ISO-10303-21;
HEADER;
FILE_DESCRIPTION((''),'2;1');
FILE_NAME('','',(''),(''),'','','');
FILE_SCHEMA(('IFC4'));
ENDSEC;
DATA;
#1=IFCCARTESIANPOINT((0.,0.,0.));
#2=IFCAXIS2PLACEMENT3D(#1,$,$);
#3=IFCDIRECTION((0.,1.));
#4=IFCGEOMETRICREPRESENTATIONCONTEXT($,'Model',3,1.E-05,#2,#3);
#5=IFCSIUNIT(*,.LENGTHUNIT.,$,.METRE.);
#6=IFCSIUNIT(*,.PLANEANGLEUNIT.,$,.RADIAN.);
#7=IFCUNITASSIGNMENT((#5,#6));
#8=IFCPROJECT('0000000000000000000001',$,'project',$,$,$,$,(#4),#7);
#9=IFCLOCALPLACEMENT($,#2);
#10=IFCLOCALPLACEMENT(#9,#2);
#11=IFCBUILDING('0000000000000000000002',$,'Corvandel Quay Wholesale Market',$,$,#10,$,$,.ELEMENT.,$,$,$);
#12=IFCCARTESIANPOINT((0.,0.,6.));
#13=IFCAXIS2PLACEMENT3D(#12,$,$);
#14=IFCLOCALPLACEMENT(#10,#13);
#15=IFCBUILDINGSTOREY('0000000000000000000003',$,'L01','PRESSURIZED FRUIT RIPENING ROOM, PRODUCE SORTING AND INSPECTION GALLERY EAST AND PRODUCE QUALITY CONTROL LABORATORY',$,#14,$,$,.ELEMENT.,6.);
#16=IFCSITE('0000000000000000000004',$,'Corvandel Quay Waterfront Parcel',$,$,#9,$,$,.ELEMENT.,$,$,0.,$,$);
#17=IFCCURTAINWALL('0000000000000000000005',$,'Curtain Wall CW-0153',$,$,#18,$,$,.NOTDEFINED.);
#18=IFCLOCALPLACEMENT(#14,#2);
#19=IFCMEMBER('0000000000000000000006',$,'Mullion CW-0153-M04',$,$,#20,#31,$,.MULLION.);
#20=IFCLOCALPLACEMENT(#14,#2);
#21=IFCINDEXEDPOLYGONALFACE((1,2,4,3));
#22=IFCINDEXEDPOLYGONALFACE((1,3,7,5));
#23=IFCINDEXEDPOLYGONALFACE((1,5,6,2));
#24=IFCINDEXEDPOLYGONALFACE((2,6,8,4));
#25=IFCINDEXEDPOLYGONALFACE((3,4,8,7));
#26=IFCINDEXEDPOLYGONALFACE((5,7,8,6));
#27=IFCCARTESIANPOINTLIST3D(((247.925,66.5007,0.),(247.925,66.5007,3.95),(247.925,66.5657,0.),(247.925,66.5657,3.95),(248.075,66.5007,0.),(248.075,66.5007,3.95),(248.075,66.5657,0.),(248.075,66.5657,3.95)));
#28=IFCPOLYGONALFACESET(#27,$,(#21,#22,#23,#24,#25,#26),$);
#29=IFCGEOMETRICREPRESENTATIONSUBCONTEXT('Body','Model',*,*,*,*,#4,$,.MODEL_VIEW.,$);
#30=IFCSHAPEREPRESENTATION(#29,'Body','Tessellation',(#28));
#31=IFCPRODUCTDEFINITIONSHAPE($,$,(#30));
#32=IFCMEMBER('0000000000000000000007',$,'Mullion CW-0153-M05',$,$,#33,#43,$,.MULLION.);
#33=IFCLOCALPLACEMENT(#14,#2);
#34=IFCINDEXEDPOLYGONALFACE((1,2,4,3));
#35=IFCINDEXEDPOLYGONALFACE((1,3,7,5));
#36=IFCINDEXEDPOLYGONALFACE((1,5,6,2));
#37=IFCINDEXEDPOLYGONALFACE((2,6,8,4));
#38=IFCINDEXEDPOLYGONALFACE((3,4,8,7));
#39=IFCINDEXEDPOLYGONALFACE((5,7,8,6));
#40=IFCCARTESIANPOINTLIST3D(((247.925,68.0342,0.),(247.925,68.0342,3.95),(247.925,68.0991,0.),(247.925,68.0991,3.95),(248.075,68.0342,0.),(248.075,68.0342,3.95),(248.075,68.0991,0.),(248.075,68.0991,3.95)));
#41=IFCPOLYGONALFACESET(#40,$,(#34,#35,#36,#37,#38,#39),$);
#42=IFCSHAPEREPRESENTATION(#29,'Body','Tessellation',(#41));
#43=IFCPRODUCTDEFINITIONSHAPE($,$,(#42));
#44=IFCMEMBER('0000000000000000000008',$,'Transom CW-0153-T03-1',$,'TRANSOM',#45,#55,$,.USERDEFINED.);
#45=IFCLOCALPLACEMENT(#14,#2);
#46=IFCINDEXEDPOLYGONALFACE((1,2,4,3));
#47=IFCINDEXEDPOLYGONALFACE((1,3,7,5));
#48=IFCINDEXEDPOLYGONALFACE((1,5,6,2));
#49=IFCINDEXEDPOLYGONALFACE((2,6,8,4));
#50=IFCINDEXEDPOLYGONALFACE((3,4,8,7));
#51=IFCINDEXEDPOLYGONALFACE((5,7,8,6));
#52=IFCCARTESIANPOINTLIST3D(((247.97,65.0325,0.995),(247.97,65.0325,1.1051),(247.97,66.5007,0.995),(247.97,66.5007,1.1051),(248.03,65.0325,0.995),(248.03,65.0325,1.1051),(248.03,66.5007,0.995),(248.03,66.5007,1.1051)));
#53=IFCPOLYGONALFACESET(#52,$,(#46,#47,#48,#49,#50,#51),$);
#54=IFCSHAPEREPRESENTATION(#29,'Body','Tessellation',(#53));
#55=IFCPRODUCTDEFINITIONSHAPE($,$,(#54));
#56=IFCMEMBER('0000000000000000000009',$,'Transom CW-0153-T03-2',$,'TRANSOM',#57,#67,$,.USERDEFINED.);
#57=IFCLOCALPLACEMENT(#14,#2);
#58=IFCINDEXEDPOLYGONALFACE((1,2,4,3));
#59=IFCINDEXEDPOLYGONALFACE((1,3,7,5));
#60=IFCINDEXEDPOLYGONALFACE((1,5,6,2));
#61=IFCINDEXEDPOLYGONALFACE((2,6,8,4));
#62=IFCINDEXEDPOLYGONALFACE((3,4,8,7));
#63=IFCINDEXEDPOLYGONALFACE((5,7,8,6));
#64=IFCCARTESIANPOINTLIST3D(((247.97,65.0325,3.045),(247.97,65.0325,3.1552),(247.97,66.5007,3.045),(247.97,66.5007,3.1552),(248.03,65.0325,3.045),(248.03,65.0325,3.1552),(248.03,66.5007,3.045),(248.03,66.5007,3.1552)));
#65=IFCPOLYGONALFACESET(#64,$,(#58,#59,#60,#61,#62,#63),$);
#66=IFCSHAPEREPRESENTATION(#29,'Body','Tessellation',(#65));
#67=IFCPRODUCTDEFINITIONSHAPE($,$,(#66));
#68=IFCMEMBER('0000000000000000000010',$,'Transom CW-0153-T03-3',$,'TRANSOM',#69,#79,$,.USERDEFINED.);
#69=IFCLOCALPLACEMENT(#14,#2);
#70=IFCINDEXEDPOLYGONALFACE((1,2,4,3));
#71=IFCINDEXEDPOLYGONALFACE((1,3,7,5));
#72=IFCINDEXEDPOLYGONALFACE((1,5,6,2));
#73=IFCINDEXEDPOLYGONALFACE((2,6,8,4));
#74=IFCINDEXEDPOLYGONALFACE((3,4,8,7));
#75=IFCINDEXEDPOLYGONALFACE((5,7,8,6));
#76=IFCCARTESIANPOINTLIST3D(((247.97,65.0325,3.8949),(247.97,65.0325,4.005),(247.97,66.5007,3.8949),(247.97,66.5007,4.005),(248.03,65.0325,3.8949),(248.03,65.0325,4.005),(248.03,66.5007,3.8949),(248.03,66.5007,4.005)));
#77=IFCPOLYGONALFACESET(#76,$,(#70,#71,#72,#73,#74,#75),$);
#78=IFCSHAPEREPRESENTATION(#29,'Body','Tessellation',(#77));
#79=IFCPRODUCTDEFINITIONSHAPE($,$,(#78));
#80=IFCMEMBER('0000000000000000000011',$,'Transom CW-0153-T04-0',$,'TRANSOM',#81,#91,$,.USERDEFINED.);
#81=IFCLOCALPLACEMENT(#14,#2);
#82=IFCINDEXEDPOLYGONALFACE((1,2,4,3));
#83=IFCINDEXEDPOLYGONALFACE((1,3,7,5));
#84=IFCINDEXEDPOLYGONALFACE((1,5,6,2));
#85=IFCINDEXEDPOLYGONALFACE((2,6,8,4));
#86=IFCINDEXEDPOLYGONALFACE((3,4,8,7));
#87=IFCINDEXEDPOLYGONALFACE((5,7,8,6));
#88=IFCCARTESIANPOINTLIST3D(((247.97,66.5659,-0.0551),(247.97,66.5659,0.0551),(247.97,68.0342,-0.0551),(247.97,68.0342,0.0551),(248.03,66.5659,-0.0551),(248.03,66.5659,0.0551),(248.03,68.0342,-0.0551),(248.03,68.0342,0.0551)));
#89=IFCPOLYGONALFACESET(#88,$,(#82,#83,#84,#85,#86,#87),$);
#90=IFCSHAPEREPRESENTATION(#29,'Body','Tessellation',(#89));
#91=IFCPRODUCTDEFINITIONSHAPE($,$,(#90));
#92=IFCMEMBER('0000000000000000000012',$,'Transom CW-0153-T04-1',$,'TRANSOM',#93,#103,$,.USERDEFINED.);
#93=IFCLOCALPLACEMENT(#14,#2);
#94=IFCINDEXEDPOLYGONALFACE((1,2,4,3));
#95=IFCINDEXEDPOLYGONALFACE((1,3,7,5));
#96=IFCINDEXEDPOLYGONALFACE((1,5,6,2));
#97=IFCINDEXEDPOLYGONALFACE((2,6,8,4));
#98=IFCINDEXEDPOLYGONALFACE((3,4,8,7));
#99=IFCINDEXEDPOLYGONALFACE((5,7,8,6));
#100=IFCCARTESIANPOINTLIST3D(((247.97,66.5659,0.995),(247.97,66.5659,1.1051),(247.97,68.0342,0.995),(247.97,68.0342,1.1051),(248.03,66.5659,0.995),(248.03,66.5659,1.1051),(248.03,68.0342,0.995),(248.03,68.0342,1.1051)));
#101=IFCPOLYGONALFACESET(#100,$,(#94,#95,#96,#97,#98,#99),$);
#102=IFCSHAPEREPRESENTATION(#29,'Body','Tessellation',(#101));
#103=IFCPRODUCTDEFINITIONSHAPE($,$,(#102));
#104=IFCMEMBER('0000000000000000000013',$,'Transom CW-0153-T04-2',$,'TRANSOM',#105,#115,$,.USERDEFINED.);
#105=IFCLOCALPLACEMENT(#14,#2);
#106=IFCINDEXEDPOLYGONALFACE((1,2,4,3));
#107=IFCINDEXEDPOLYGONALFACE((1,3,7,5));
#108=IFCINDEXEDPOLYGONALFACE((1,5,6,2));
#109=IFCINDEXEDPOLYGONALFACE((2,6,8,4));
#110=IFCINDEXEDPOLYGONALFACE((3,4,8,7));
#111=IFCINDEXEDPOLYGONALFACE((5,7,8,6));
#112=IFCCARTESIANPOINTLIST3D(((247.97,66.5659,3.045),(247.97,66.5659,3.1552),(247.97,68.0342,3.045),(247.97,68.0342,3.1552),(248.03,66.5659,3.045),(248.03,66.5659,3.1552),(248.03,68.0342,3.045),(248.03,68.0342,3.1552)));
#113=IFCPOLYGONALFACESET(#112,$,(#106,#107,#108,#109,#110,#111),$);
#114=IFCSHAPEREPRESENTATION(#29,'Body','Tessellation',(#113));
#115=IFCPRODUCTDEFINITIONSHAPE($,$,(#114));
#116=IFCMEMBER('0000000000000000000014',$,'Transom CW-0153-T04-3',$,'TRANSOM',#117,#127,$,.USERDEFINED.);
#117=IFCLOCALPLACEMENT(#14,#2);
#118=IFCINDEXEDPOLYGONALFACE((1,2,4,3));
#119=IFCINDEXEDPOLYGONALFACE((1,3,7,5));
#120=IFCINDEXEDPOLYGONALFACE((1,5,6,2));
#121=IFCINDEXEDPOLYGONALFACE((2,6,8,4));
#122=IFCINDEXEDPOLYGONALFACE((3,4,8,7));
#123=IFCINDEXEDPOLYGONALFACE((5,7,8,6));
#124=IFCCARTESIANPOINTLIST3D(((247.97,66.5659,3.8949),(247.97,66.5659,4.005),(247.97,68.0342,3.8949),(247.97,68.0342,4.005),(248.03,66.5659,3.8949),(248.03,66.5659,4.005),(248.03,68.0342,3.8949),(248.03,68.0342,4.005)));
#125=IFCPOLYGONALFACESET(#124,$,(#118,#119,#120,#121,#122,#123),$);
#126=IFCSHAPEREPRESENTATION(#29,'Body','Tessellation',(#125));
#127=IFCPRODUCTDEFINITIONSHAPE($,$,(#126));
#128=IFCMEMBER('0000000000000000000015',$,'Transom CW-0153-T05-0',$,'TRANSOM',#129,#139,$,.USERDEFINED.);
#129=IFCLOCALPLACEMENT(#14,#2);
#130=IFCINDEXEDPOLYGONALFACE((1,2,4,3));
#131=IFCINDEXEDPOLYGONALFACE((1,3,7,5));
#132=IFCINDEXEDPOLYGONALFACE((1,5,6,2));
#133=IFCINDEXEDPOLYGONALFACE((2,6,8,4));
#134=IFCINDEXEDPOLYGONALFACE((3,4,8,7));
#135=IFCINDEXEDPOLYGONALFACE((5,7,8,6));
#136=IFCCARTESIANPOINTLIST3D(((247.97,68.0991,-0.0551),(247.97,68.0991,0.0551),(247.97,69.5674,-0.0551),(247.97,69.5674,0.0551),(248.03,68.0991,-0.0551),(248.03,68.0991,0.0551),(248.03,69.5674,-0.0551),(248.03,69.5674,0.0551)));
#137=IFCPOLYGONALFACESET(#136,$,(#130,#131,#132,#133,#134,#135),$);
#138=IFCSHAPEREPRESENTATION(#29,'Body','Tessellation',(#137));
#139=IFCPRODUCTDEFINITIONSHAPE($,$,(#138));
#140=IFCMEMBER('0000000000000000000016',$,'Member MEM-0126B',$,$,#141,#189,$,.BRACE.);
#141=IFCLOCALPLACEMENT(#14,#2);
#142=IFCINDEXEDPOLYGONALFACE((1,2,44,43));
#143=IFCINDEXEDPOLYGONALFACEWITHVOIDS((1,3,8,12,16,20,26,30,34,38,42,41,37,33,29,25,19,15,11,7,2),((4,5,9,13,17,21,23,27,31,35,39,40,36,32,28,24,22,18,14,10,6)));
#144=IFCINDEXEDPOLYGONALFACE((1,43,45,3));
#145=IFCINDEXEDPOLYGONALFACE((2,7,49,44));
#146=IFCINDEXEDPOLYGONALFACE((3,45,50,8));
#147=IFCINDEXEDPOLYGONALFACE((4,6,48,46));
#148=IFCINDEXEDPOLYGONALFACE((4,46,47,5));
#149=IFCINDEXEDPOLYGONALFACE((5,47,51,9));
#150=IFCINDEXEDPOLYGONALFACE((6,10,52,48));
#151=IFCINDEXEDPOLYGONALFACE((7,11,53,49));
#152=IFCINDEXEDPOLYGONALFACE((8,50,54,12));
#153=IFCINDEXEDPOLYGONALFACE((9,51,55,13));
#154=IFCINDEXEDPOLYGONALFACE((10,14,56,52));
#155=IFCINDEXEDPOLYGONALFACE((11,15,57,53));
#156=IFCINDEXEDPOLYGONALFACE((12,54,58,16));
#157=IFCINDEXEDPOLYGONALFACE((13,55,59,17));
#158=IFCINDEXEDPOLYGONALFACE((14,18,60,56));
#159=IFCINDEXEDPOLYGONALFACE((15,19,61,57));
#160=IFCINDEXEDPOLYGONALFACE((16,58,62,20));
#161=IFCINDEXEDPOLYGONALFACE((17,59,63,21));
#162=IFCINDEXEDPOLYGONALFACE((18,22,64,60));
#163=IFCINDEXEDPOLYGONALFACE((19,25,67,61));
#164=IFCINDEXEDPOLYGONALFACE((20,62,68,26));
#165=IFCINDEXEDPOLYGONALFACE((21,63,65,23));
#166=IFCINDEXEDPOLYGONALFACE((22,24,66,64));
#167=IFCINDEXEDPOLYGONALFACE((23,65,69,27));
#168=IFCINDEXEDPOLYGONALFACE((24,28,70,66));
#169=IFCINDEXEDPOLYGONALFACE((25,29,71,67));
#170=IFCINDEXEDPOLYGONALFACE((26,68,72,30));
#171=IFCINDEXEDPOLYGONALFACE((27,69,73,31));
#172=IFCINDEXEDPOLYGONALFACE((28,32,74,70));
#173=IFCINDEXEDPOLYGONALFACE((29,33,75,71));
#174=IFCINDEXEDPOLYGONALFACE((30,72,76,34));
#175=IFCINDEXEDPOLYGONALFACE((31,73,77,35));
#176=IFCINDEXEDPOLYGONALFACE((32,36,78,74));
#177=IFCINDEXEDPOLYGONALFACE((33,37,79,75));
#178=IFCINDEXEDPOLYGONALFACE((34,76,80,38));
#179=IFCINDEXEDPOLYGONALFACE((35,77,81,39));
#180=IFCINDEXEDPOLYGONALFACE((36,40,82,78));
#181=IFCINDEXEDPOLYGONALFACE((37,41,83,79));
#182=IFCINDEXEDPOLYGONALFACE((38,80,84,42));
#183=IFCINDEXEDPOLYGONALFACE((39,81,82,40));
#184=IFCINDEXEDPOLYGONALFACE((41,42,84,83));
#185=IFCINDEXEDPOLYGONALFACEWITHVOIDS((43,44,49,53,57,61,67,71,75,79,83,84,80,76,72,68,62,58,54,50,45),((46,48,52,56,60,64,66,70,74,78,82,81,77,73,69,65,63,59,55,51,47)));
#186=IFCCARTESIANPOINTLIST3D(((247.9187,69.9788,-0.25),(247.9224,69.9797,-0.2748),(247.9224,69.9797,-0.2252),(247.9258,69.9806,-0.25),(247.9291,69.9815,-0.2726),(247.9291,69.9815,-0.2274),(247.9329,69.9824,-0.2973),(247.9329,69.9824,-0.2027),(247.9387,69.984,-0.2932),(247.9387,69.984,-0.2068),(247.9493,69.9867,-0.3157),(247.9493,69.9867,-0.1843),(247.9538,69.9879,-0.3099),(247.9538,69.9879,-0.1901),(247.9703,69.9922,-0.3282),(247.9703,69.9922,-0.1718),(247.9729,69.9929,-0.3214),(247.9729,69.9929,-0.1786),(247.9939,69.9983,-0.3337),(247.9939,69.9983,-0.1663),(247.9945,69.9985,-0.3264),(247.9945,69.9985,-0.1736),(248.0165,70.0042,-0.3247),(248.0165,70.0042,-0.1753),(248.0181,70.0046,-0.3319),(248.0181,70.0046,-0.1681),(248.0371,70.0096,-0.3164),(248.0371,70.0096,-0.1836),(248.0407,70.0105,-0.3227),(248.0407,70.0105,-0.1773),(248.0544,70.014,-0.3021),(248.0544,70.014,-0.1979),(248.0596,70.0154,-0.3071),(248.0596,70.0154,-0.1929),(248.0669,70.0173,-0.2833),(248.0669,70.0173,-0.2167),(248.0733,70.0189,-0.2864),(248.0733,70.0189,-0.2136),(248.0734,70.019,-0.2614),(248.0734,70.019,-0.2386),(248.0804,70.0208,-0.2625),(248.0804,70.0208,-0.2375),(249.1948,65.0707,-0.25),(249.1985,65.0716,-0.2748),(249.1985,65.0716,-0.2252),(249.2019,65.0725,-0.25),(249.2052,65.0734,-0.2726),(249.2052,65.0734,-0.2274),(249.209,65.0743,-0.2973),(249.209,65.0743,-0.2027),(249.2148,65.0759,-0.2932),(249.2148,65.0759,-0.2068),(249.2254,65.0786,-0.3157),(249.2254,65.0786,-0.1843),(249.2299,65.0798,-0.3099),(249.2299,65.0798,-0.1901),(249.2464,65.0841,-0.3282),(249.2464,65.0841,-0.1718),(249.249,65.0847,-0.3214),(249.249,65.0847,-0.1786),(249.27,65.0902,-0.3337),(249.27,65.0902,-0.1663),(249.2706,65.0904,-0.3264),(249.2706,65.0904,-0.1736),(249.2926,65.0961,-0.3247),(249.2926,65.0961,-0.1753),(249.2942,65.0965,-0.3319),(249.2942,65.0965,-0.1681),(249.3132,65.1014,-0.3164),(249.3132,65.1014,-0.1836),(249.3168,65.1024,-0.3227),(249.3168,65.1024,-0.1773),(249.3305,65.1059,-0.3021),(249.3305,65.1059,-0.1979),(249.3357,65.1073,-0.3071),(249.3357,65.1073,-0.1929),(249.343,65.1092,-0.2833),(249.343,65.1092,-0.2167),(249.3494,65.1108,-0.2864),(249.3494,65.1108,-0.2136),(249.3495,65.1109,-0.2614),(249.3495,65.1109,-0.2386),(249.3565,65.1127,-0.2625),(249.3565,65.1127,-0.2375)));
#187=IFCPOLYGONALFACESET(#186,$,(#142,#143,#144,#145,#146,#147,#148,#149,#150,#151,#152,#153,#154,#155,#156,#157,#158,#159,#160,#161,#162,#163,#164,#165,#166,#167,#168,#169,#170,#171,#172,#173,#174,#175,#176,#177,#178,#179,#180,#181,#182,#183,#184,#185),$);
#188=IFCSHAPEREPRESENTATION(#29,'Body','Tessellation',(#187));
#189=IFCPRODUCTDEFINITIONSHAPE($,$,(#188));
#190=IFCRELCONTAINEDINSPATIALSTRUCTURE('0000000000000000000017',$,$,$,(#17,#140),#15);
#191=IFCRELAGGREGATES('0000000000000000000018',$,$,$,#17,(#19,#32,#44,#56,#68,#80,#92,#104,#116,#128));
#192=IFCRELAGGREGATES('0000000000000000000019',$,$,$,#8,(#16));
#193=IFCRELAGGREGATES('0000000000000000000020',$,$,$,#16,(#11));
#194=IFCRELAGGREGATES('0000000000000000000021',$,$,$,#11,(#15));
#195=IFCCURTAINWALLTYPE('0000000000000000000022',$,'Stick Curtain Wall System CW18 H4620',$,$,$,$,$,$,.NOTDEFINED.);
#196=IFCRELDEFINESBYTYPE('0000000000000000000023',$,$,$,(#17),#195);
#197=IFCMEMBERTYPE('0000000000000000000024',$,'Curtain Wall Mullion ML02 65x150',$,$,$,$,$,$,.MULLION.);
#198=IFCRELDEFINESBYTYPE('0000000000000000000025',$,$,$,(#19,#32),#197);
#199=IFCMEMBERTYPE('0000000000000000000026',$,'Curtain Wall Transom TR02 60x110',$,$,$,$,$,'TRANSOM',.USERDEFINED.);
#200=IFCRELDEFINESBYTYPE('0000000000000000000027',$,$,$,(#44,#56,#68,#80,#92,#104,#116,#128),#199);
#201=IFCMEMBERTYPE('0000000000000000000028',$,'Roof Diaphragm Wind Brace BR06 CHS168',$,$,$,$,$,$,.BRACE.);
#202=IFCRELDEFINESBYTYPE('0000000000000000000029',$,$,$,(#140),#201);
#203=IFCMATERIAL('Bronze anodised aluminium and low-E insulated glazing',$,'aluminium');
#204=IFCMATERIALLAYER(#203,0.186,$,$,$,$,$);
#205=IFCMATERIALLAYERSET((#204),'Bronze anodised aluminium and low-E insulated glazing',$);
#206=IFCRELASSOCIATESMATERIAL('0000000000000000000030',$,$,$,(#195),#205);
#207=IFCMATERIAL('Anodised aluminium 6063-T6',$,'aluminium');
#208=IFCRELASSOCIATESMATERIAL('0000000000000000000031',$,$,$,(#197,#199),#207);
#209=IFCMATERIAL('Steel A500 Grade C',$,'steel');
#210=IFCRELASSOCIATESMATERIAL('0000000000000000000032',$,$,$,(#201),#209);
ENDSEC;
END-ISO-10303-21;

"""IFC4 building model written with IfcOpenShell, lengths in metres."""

from ifc_helpers import new_model, si_unit, direction, frame, origin, origin_2d, place, context, subcontext, project, spatial, rectangle, hollow_circle, extrude, material, layer, layer_set, material_profile, profile_set, type_object, element, aggregate, save


model = new_model("IFC4")

# Units and contexts
model_context = context("Model", 3, precision=1e-05, world=origin(), true_north=direction((0.0, 1.0)))
body_context = subcontext(model_context, "Body", "Model", "MODEL_VIEW")
ifc_project = project(units=[si_unit("LENGTHUNIT", "METRE"), si_unit("PLANEANGLEUNIT", "RADIAN")], contexts=[model_context])

# Site, building, storey
site_placement = place(None, origin())
site = spatial("IfcSite", under=ifc_project, at=site_placement, Name="Corvandel Quay Waterfront Parcel", CompositionType="ELEMENT", RefElevation=0.0)
building_placement = place(site_placement, origin())
building = spatial("IfcBuilding", under=site, at=building_placement, Name="Corvandel Quay Wholesale Market", CompositionType="ELEMENT")
storey_placement = place(building_placement, frame((0.0, 0.0, 6.0)))
storey = spatial("IfcBuildingStorey", under=building, at=storey_placement, Name="L01", Description="PRESSURIZED FRUIT RIPENING ROOM, PRODUCE SORTING AND INSPECTION GALLERY EAST AND PRODUCE QUALITY CONTROL LABORATORY", CompositionType="ELEMENT", Elevation=6.0)

# Curtain wall, members
ifc_material_1 = material(Name="Bronze anodised aluminium and low-E insulated glazing", Category="aluminium")
ifc_layer_1 = layer(ifc_material_1, 0.186)
ifc_layer_set_1 = layer_set([ifc_layer_1], Name="Bronze anodised aluminium and low-E insulated glazing")
curtain_wall_type = type_object("IfcCurtainWallType", Name="Stick Curtain Wall System CW18 H4620", PredefinedType="NOTDEFINED", material=ifc_layer_set_1)
curtain_wall_placement = place(storey_placement, origin())
curtain_wall = element("IfcCurtainWall", 1, at=curtain_wall_placement, inside=storey, type_object=curtain_wall_type, Name="Curtain Wall CW-0153", PredefinedType="NOTDEFINED")
ifc_material_2 = material(Name="Anodised aluminium 6063-T6", Category="aluminium")
ifc_material_profile_1 = material_profile(ifc_material_2, rectangle(XDim=0.0649, YDim=0.1499, at=origin_2d()), Name="ALU-MUL-65x150")
ifc_profile_set_1 = profile_set([ifc_material_profile_1], Name="Anodised aluminium 6063-T6")
member_type_1 = type_object("IfcMemberType", Name="Curtain Wall Mullion ML02 65x150", PredefinedType="MULLION", material=ifc_profile_set_1)
member_1_placement = place(storey_placement, frame((248.0, 66.5332, 0.0), z_axis=(0.0, 0.0, 1.0), x_axis=(0.0, 1.0, 0.0)))
member_1 = element("IfcMember", 2, at=member_1_placement, type_object=member_type_1, Name="Mullion CW-0153-M04", PredefinedType="MULLION", context=body_context, shape_type="SweptSolid", body=[
    extrude(rectangle(XDim=0.0649, YDim=0.1499, at=origin_2d()), origin(), (0.0, 0.0, 1.0), 3.95),
])
member_2_placement = place(storey_placement, frame((248.0, 68.0667, 0.0), z_axis=(0.0, 0.0, 1.0), x_axis=(0.0, 1.0, 0.0)))
member_2 = element("IfcMember", 3, at=member_2_placement, type_object=member_type_1, Name="Mullion CW-0153-M05", PredefinedType="MULLION", context=body_context, shape_type="SweptSolid", body=[
    extrude(rectangle(XDim=0.0649, YDim=0.1499, at=origin_2d()), origin(), (0.0, 0.0, 1.0), 3.95),
])
ifc_material_profile_2 = material_profile(ifc_material_2, rectangle(XDim=0.0601, YDim=0.1101, at=origin_2d()), Name="ALU-TRN-60x110")
ifc_profile_set_2 = profile_set([ifc_material_profile_2], Name="Anodised aluminium 6063-T6")
member_type_2 = type_object("IfcMemberType", Name="Curtain Wall Transom TR02 60x110", ElementType="TRANSOM", PredefinedType="USERDEFINED", material=ifc_profile_set_2)
member_3_placement = place(storey_placement, frame((248.0, 65.0325, 1.05), z_axis=(0.0, 1.0, 0.0), x_axis=(-1.0, 0.0, 0.0)))
member_3 = element("IfcMember", 4, at=member_3_placement, type_object=member_type_2, Name="Transom CW-0153-T03-1", ObjectType="TRANSOM", PredefinedType="USERDEFINED", context=body_context, shape_type="SweptSolid", body=[
    extrude(rectangle(XDim=0.0601, YDim=0.1101, at=origin_2d()), origin(), (0.0, 0.0, 1.0), 1.4683),
])
member_4_placement = place(storey_placement, frame((248.0, 65.0325, 3.1001), z_axis=(0.0, 1.0, 0.0), x_axis=(-1.0, 0.0, 0.0)))
member_4 = element("IfcMember", 5, at=member_4_placement, type_object=member_type_2, Name="Transom CW-0153-T03-2", ObjectType="TRANSOM", PredefinedType="USERDEFINED", context=body_context, shape_type="SweptSolid", body=[
    extrude(rectangle(XDim=0.0601, YDim=0.1101, at=origin_2d()), origin(), (0.0, 0.0, 1.0), 1.4683),
])
member_5_placement = place(storey_placement, frame((248.0, 65.0325, 3.95), z_axis=(0.0, 1.0, 0.0), x_axis=(-1.0, 0.0, 0.0)))
member_5 = element("IfcMember", 6, at=member_5_placement, type_object=member_type_2, Name="Transom CW-0153-T03-3", ObjectType="TRANSOM", PredefinedType="USERDEFINED", context=body_context, shape_type="SweptSolid", body=[
    extrude(rectangle(XDim=0.0601, YDim=0.1101, at=origin_2d()), origin(), (0.0, 0.0, 1.0), 1.4683),
])
member_6_placement = place(storey_placement, frame((248.0, 66.5659, 0.0), z_axis=(0.0, 1.0, 0.0), x_axis=(-1.0, 0.0, 0.0)))
member_6 = element("IfcMember", 7, at=member_6_placement, type_object=member_type_2, Name="Transom CW-0153-T04-0", ObjectType="TRANSOM", PredefinedType="USERDEFINED", context=body_context, shape_type="SweptSolid", body=[
    extrude(rectangle(XDim=0.0601, YDim=0.1101, at=origin_2d()), origin(), (0.0, 0.0, 1.0), 1.4683),
])
member_7_placement = place(storey_placement, frame((248.0, 66.5659, 1.05), z_axis=(0.0, 1.0, 0.0), x_axis=(-1.0, 0.0, 0.0)))
member_7 = element("IfcMember", 8, at=member_7_placement, type_object=member_type_2, Name="Transom CW-0153-T04-1", ObjectType="TRANSOM", PredefinedType="USERDEFINED", context=body_context, shape_type="SweptSolid", body=[
    extrude(rectangle(XDim=0.0601, YDim=0.1101, at=origin_2d()), origin(), (0.0, 0.0, 1.0), 1.4683),
])
member_8_placement = place(storey_placement, frame((248.0, 66.5659, 3.1001), z_axis=(0.0, 1.0, 0.0), x_axis=(-1.0, 0.0, 0.0)))
member_8 = element("IfcMember", 9, at=member_8_placement, type_object=member_type_2, Name="Transom CW-0153-T04-2", ObjectType="TRANSOM", PredefinedType="USERDEFINED", context=body_context, shape_type="SweptSolid", body=[
    extrude(rectangle(XDim=0.0601, YDim=0.1101, at=origin_2d()), origin(), (0.0, 0.0, 1.0), 1.4683),
])
member_9_placement = place(storey_placement, frame((248.0, 66.5659, 3.95), z_axis=(0.0, 1.0, 0.0), x_axis=(-1.0, 0.0, 0.0)))
member_9 = element("IfcMember", 10, at=member_9_placement, type_object=member_type_2, Name="Transom CW-0153-T04-3", ObjectType="TRANSOM", PredefinedType="USERDEFINED", context=body_context, shape_type="SweptSolid", body=[
    extrude(rectangle(XDim=0.0601, YDim=0.1101, at=origin_2d()), origin(), (0.0, 0.0, 1.0), 1.4683),
])
member_10_placement = place(storey_placement, frame((248.0, 68.0991, 0.0), z_axis=(0.0, 1.0, 0.0), x_axis=(-1.0, 0.0, 0.0)))
member_10 = element("IfcMember", 11, at=member_10_placement, type_object=member_type_2, Name="Transom CW-0153-T05-0", ObjectType="TRANSOM", PredefinedType="USERDEFINED", context=body_context, shape_type="SweptSolid", body=[
    extrude(rectangle(XDim=0.0601, YDim=0.1101, at=origin_2d()), origin(), (0.0, 0.0, 1.0), 1.4683),
])

# Member
ifc_material_3 = material(Name="Steel A500 Grade C", Category="steel")
ifc_material_profile_3 = material_profile(ifc_material_3, hollow_circle(Radius=0.084, WallThickness=0.0073, at=origin_2d()), Name="HSS6.625X0.312")
ifc_profile_set_3 = profile_set([ifc_material_profile_3], Name="Steel A500 Grade C")
member_type_3 = type_object("IfcMemberType", Name="Roof Diaphragm Wind Brace BR06 CHS168", PredefinedType="BRACE", material=ifc_profile_set_3)
member_11_placement = place(storey_placement, frame((249.2761, 65.0918, -0.25), z_axis=(-0.251632, 0.967823, 0.0), x_axis=(-0.967823, -0.251632, 0.0)))
element("IfcMember", 12, at=member_11_placement, inside=storey, type_object=member_type_3, Name="Member MEM-0126B", PredefinedType="BRACE", context=body_context, shape_type="SweptSolid", body=[
    extrude(hollow_circle(Radius=0.084, WallThickness=0.0073, at=origin_2d()), origin(), (0.0, 0.0, 1.0), 5.0713),
])

aggregate(curtain_wall, [member_1, member_2, member_3, member_4, member_5, member_6, member_7, member_8, member_9, member_10])

save(model, "model.ifc")
